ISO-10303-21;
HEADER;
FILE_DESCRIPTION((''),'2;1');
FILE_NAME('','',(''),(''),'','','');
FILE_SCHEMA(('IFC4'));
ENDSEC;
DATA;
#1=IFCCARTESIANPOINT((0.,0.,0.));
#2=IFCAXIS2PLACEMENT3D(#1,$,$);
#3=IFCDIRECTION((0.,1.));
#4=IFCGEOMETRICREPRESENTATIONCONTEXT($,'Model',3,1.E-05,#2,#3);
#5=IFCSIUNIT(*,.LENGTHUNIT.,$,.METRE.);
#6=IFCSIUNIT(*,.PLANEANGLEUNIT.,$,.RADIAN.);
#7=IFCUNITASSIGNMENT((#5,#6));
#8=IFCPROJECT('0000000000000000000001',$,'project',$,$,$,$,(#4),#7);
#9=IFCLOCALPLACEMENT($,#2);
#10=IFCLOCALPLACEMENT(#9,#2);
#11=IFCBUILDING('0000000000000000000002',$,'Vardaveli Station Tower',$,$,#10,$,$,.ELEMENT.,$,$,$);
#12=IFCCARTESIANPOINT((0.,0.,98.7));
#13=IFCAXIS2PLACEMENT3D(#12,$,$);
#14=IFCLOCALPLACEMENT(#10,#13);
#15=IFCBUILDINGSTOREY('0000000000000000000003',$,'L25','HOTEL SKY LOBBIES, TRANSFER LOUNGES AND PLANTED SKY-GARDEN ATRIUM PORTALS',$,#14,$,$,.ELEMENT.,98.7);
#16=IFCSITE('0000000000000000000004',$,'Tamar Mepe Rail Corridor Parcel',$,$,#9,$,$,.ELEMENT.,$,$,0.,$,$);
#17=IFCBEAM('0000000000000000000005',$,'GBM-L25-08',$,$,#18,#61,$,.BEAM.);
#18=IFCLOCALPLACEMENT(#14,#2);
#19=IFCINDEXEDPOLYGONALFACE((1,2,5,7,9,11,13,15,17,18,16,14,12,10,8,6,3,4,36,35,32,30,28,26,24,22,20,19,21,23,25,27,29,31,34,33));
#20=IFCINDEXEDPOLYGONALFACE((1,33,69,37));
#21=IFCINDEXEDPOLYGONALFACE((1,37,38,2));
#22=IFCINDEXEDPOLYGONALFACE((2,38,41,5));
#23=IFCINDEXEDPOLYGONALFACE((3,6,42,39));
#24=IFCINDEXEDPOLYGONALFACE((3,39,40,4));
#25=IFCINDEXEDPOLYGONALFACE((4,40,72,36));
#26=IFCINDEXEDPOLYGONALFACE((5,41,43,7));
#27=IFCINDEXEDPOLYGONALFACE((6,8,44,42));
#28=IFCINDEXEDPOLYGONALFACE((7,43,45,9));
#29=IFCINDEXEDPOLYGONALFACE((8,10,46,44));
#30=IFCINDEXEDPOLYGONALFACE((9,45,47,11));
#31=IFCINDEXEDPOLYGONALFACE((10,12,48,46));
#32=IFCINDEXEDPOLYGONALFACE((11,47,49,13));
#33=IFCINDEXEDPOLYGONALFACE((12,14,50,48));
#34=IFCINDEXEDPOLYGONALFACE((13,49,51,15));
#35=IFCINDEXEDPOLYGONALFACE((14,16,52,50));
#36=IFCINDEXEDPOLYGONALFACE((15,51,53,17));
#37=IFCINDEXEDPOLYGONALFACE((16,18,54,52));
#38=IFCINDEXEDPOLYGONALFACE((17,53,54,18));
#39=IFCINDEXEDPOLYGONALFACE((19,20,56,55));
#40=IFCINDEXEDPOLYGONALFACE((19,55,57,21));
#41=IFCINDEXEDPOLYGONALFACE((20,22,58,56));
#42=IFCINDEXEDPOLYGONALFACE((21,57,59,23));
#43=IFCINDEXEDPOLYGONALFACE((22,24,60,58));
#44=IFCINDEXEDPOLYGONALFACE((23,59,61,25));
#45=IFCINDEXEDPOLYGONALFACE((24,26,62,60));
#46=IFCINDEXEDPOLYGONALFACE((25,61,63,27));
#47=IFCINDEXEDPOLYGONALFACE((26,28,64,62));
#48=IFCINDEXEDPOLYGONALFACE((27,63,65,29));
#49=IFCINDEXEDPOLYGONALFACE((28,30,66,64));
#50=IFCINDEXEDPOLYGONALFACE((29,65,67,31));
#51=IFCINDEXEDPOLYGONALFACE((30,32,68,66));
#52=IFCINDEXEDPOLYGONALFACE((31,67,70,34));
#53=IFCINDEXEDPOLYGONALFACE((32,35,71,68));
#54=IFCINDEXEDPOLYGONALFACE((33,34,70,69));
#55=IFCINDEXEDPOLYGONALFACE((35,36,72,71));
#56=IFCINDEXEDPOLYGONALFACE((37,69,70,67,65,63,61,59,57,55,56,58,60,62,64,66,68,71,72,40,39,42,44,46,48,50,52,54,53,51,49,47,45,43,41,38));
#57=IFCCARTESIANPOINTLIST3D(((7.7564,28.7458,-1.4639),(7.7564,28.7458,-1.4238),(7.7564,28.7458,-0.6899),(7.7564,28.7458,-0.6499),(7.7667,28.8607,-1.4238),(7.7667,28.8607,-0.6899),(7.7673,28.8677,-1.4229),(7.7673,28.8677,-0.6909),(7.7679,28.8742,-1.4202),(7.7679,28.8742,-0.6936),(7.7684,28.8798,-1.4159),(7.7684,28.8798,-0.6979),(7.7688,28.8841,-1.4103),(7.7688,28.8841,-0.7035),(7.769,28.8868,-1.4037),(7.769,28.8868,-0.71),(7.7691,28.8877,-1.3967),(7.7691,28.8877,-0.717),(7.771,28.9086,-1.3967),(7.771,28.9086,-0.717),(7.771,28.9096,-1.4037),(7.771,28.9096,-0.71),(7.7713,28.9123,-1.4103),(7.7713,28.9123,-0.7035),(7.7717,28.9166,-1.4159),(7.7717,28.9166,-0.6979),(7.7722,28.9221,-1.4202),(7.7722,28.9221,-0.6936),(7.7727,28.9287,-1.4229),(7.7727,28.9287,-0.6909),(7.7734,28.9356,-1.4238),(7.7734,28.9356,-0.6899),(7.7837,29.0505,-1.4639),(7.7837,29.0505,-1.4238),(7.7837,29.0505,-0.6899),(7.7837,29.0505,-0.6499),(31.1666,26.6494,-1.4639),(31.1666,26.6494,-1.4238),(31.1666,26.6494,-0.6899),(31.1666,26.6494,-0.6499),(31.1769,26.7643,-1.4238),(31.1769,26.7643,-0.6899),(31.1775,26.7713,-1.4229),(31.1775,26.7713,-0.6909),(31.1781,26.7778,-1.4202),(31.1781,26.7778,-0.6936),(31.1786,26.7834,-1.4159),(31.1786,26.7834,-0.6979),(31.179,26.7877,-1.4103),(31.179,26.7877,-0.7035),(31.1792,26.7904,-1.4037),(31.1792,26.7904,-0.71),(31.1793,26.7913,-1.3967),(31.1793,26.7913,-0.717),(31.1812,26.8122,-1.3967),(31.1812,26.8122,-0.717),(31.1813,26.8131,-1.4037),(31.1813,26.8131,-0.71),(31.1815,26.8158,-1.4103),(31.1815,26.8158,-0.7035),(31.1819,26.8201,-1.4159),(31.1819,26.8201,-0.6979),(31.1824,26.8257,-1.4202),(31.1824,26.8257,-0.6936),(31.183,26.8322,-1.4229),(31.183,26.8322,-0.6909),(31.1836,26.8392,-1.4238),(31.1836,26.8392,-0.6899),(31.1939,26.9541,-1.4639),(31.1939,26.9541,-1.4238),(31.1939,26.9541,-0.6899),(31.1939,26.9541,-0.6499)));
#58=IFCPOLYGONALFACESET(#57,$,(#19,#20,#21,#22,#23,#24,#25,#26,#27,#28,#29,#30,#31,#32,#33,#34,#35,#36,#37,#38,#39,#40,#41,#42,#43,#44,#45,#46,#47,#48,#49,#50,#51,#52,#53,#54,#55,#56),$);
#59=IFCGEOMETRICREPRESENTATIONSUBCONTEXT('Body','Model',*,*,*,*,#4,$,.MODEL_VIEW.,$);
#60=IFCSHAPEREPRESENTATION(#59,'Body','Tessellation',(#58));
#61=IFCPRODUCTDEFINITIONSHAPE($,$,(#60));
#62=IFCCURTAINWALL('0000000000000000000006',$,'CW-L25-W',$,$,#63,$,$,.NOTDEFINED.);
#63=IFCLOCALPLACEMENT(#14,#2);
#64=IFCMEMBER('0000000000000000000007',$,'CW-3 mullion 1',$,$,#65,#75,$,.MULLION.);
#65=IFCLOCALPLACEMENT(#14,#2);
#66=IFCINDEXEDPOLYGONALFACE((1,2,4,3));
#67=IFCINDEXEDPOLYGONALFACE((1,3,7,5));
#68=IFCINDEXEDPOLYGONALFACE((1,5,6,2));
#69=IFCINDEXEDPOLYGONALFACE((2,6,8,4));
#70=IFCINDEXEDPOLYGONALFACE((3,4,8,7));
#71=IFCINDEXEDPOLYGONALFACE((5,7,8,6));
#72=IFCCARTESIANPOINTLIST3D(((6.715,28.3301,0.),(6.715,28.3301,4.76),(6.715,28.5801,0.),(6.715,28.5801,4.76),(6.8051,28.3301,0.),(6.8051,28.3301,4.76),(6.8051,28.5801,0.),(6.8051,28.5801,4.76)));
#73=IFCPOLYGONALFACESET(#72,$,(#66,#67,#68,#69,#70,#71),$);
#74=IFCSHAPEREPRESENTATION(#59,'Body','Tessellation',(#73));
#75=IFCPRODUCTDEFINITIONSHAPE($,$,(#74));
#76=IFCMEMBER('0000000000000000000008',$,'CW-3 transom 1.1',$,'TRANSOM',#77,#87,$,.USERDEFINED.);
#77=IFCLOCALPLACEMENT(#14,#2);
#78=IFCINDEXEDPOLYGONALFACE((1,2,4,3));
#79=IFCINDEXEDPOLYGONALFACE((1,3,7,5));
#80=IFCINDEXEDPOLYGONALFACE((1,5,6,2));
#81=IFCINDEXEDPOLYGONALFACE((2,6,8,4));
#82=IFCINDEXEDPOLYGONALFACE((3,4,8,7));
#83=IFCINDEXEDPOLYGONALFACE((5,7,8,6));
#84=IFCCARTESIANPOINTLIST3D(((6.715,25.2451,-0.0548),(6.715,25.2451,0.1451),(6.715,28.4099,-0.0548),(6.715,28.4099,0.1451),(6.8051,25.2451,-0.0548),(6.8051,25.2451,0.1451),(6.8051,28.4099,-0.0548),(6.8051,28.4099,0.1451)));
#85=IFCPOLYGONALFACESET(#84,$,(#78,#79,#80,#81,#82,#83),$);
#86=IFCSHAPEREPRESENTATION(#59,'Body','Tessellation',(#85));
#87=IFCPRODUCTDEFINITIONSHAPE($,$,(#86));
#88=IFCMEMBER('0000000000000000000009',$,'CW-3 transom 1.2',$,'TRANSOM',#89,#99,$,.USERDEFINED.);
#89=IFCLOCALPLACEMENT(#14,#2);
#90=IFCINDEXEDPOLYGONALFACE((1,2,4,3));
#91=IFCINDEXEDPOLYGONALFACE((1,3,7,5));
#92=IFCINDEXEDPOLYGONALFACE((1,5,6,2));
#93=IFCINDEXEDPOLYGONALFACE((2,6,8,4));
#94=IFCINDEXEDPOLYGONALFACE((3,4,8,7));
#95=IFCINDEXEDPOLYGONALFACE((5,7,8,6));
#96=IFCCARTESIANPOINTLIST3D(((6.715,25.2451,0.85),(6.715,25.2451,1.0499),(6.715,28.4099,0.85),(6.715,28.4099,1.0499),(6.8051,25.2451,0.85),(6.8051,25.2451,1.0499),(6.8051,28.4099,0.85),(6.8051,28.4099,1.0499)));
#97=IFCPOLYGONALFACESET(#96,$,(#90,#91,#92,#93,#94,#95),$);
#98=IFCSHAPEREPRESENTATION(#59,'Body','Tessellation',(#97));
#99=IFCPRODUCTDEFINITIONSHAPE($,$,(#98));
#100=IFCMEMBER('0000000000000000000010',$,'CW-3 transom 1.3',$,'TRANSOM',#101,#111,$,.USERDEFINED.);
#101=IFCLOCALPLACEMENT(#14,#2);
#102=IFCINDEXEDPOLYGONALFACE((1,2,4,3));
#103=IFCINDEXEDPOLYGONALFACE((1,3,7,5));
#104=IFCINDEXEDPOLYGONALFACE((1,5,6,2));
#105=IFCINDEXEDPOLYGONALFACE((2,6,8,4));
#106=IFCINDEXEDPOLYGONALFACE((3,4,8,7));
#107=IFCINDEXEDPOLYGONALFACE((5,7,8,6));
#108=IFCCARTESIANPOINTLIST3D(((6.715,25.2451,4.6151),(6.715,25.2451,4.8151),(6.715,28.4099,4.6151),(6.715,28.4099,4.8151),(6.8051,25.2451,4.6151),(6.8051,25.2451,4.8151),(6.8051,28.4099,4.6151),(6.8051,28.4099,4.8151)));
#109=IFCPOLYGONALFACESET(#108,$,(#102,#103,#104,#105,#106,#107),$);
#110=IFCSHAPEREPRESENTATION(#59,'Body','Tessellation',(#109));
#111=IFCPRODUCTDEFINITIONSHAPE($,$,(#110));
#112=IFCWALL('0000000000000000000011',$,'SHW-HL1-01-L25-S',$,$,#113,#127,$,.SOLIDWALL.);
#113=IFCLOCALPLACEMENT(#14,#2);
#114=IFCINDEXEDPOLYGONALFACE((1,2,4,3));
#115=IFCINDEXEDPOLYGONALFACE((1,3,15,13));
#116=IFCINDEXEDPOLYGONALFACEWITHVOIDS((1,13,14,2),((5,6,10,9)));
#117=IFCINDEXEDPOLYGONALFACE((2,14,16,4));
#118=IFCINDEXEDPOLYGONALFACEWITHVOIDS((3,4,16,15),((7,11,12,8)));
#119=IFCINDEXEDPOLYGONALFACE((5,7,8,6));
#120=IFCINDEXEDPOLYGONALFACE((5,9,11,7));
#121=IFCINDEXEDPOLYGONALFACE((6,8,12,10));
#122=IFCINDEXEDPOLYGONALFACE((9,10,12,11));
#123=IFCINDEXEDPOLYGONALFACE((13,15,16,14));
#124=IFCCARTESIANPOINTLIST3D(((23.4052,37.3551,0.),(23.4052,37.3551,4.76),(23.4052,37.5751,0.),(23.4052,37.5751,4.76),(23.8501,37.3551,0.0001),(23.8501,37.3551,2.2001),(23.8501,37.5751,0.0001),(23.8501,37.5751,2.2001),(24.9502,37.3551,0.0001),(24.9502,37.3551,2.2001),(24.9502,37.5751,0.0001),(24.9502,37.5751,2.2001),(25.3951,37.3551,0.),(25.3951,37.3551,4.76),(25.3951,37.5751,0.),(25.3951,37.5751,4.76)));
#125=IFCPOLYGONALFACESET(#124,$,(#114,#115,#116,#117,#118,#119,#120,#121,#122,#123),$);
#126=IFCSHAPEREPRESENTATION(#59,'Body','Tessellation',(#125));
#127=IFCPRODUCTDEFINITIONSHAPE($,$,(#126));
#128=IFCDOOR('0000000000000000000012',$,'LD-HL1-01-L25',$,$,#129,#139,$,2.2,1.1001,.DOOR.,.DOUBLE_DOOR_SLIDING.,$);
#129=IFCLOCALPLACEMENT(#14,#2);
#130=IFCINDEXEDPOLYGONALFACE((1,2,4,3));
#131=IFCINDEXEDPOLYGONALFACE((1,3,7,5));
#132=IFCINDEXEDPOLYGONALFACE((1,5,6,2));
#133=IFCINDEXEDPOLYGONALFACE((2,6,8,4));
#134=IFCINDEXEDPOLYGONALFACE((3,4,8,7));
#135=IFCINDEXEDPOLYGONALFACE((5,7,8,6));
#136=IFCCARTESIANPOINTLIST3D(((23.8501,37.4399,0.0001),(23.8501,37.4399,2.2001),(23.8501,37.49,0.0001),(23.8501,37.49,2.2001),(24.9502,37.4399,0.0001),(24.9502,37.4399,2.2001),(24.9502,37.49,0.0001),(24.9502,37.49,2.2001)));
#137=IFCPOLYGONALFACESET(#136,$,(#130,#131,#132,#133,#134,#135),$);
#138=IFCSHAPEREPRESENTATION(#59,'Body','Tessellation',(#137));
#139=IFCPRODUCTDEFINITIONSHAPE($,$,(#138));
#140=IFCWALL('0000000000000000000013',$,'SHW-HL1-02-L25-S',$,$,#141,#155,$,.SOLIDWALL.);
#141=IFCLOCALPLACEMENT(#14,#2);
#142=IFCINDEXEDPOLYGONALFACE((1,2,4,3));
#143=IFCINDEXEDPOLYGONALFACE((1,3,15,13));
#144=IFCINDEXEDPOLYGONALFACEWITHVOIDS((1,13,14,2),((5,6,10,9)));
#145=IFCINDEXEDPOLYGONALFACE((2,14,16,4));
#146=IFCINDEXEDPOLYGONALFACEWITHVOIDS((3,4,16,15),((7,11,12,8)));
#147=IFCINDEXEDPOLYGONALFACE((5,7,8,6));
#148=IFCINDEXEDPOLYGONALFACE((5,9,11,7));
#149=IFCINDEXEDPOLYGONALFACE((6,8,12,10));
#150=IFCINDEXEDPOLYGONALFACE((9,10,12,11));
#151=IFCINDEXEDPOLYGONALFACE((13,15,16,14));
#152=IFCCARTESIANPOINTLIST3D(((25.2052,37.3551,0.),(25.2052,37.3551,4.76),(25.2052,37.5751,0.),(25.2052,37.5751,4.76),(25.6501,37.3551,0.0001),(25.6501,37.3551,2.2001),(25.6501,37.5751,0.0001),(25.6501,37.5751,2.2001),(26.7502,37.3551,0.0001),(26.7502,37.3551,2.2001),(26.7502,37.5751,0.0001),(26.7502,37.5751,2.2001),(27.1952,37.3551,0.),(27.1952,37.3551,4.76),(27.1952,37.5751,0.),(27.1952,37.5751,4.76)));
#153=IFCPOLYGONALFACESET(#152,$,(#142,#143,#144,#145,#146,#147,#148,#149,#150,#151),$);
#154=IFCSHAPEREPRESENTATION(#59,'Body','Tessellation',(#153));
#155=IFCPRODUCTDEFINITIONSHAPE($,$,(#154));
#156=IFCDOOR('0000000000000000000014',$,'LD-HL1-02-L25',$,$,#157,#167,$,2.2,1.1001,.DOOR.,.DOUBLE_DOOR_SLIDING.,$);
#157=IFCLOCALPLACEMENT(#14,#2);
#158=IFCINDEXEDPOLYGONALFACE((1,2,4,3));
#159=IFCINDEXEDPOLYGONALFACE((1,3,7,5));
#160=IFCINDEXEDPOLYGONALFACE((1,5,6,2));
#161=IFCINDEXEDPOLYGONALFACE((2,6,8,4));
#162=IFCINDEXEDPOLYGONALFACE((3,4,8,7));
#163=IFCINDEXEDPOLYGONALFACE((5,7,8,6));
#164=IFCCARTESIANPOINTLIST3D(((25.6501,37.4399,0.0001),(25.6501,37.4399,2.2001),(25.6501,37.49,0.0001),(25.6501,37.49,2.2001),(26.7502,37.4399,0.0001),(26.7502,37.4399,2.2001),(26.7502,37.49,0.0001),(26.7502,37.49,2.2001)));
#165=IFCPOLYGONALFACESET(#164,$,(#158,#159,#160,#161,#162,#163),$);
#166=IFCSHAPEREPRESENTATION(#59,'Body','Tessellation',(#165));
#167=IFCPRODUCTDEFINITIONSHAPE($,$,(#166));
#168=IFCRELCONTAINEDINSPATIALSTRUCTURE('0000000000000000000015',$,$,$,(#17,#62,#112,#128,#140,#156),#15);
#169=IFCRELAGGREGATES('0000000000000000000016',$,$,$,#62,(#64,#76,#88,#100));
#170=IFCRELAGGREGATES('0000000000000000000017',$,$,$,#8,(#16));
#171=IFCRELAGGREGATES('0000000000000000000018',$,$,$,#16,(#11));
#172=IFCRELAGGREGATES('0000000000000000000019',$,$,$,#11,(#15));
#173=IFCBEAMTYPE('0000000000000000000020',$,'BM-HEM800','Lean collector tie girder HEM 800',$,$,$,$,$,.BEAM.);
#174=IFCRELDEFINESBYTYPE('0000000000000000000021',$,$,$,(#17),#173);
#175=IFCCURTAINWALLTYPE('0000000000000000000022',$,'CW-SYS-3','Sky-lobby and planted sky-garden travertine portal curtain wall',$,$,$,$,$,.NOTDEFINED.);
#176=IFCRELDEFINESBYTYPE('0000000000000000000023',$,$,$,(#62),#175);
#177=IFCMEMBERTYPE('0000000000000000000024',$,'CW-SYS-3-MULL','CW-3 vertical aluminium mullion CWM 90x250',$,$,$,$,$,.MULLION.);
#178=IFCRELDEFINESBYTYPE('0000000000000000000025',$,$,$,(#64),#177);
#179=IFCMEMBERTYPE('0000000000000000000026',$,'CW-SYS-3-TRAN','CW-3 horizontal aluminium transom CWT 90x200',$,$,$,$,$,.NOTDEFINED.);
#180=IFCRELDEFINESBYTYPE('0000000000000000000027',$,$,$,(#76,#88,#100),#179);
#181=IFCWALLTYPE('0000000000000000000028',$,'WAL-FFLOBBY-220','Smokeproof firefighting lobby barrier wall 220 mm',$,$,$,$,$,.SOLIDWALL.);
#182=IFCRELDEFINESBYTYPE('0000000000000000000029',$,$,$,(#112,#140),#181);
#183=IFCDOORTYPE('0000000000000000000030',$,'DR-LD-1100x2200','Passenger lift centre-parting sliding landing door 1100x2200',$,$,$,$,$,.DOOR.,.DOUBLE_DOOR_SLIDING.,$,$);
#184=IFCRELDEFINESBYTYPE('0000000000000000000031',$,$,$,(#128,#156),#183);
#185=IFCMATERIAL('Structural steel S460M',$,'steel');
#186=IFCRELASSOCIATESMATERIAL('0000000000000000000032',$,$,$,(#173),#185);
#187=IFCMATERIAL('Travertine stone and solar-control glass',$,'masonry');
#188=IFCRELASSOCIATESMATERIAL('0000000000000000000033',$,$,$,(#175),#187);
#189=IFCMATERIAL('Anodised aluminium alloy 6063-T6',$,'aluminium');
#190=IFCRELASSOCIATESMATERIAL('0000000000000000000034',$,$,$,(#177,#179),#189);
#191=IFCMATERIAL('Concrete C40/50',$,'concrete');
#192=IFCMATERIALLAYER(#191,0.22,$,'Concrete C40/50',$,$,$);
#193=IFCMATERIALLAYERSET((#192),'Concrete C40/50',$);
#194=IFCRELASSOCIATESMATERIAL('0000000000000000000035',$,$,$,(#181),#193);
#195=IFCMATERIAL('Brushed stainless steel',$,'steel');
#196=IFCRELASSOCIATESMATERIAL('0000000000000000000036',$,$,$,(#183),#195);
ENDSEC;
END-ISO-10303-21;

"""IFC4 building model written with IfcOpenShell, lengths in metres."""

from ifc_helpers import new_model, si_unit, direction, frame, frame_2d, origin, origin_2d, place, context, subcontext, project, spatial, rectangle, i_section, extrude, source, transform, mapped, material, layer, layer_set, material_profile, profile_set, type_object, element, fill, aggregate, save


model = new_model("IFC4")

# Units and contexts
model_context = context("Model", 3, precision=1e-05, world=origin(), true_north=direction((0.0, 1.0)))
body_context = subcontext(model_context, "Body", "Model", "MODEL_VIEW")
ifc_project = project(units=[si_unit("LENGTHUNIT", "METRE"), si_unit("PLANEANGLEUNIT", "RADIAN")], contexts=[model_context])

# Site, building, storey
site_placement = place(None, origin())
site = spatial("IfcSite", under=ifc_project, at=site_placement, Name="Tamar Mepe Rail Corridor Parcel", CompositionType="ELEMENT", RefElevation=0.0)
building_placement = place(site_placement, origin())
building = spatial("IfcBuilding", under=site, at=building_placement, Name="Vardaveli Station Tower", CompositionType="ELEMENT")
storey_placement = place(building_placement, frame((0.0, 0.0, 98.7)))
storey = spatial("IfcBuildingStorey", under=building, at=storey_placement, Name="L25", Description="HOTEL SKY LOBBIES, TRANSFER LOUNGES AND PLANTED SKY-GARDEN ATRIUM PORTALS", CompositionType="ELEMENT", Elevation=98.7)

# Shared definitions
ifc_material_1 = material(Name="Structural steel S460M", Category="steel")

# Beam
ifc_material_profile_1 = material_profile(ifc_material_1, i_section(OverallWidth=0.3059, OverallDepth=0.814, WebThickness=0.021, FlangeThickness=0.04, FilletRadius=0.0271, at=origin_2d()), Name="HEM 800")
ifc_profile_set_1 = profile_set([ifc_material_profile_1], Name="Structural steel S460M")
beam_type_1 = type_object("IfcBeamType", Name="BM-HEM800", Description="Lean collector tie girder HEM 800", PredefinedType="BEAM", material=ifc_profile_set_1)
shared_shape_1 = source(origin(), body_context, "Body", "SweptSolid", [
    extrude(i_section(OverallWidth=0.3059, OverallDepth=0.814, WebThickness=0.021, FlangeThickness=0.04, FilletRadius=0.0271, at=origin_2d()), origin(), (0.0, 0.0, 1.0), 23.5039),
])
beam_1_placement = place(storey_placement, frame((7.77, 28.8982, -1.0569), z_axis=(0.996014, -0.089195, 0.0), x_axis=(0.089195, 0.996014, 0.0)))
element("IfcBeam", 1, at=beam_1_placement, inside=storey, type_object=beam_type_1, Name="GBM-L25-08", PredefinedType="BEAM", context=body_context, shape_type="MappedRepresentation", body=[
    mapped(shared_shape_1, transform((0.0, 0.0, 0.0), scale=1.0)),
])

# Curtain wall, members
ifc_material_2 = material(Name="Travertine stone and solar-control glass", Category="masonry")
curtain_wall_type = type_object("IfcCurtainWallType", Name="CW-SYS-3", Description="Sky-lobby and planted sky-garden travertine portal curtain wall", PredefinedType="NOTDEFINED", material=ifc_material_2)
curtain_wall_placement = place(storey_placement, origin())
curtain_wall = element("IfcCurtainWall", 2, at=curtain_wall_placement, inside=storey, type_object=curtain_wall_type, Name="CW-L25-W", PredefinedType="NOTDEFINED")
ifc_material_3 = material(Name="Anodised aluminium alloy 6063-T6", Category="aluminium")
ifc_material_profile_2 = material_profile(ifc_material_3, rectangle(XDim=0.0901, YDim=0.25, at=origin_2d()), Name="CWM 90x250")
ifc_profile_set_2 = profile_set([ifc_material_profile_2], Name="Anodised aluminium alloy 6063-T6")
member_type_1 = type_object("IfcMemberType", Name="CW-SYS-3-MULL", Description="CW-3 vertical aluminium mullion CWM 90x250", PredefinedType="MULLION", material=ifc_profile_set_2)
shared_shape_2 = source(origin(), body_context, "Body", "SweptSolid", [
    extrude(rectangle(XDim=0.0901, YDim=0.25, at=origin_2d()), origin(), (0.0, 0.0, 1.0), 4.76),
])
member_1_placement = place(storey_placement, frame((6.76, 28.4551, 0.0), z_axis=(0.0, 0.0, 1.0), x_axis=(1.0, 0.0, 0.0)))
member_1 = element("IfcMember", 3, at=member_1_placement, type_object=member_type_1, Name="CW-3 mullion 1", PredefinedType="MULLION", context=body_context, shape_type="MappedRepresentation", body=[
    mapped(shared_shape_2, transform((0.0, 0.0, 0.0), scale=1.0)),
])
ifc_material_profile_3 = material_profile(ifc_material_3, rectangle(XDim=0.0901, YDim=0.2, at=origin_2d()), Name="CWT 90x200")
ifc_profile_set_3 = profile_set([ifc_material_profile_3], Name="Anodised aluminium alloy 6063-T6")
member_type_2 = type_object("IfcMemberType", Name="CW-SYS-3-TRAN", Description="CW-3 horizontal aluminium transom CWT 90x200", PredefinedType="NOTDEFINED", material=ifc_profile_set_3)
shared_shape_3 = source(origin(), body_context, "Body", "SweptSolid", [
    extrude(rectangle(XDim=0.0901, YDim=0.2, at=origin_2d()), origin(), (0.0, 0.0, 1.0), 3.1648),
])
member_2_placement = place(storey_placement, frame((6.76, 28.4099, 0.0452), z_axis=(0.0, -1.0, 0.0), x_axis=(1.0, 0.0, 0.0)))
member_2 = element("IfcMember", 4, at=member_2_placement, type_object=member_type_2, Name="CW-3 transom 1.1", ObjectType="TRANSOM", PredefinedType="USERDEFINED", context=body_context, shape_type="MappedRepresentation", body=[
    mapped(shared_shape_3, transform((0.0, 0.0, 0.0), scale=1.0)),
])
member_3_placement = place(storey_placement, frame((6.76, 28.4099, 0.95), z_axis=(0.0, -1.0, 0.0), x_axis=(1.0, 0.0, 0.0)))
member_3 = element("IfcMember", 5, at=member_3_placement, type_object=member_type_2, Name="CW-3 transom 1.2", ObjectType="TRANSOM", PredefinedType="USERDEFINED", context=body_context, shape_type="MappedRepresentation", body=[
    mapped(shared_shape_3, transform((0.0, 0.0, 0.0), scale=1.0)),
])
member_4_placement = place(storey_placement, frame((6.76, 28.4099, 4.7151), z_axis=(0.0, -1.0, 0.0), x_axis=(1.0, 0.0, 0.0)))
member_4 = element("IfcMember", 6, at=member_4_placement, type_object=member_type_2, Name="CW-3 transom 1.3", ObjectType="TRANSOM", PredefinedType="USERDEFINED", context=body_context, shape_type="MappedRepresentation", body=[
    mapped(shared_shape_3, transform((0.0, 0.0, 0.0), scale=1.0)),
])
aggregate(curtain_wall, [member_1, member_2, member_3, member_4])

# Walls, openings, doors
ifc_material_4 = material(Name="Concrete C40/50", Category="concrete")
ifc_layer = layer(ifc_material_4, 0.22, Name="Concrete C40/50")
ifc_layer_set = layer_set([ifc_layer], Name="Concrete C40/50")
wall_type = type_object("IfcWallType", Name="WAL-FFLOBBY-220", Description="Smokeproof firefighting lobby barrier wall 220 mm", PredefinedType="SOLIDWALL", material=ifc_layer_set)
shared_shape_4 = source(origin(), body_context, "Body", "SweptSolid", [
    extrude(rectangle(XDim=1.99, YDim=0.22, at=frame_2d((0.9951, 0.0))), origin(), (0.0, 0.0, 1.0), 4.76),
])
wall_1_placement = place(storey_placement, frame((23.405, 37.4651, 0.0), z_axis=(0.0, 0.0, 1.0), x_axis=(1.0, 0.0, 0.0)))
wall_1 = element("IfcWall", 7, at=wall_1_placement, inside=storey, type_object=wall_type, Name="SHW-HL1-01-L25-S", PredefinedType="SOLIDWALL", context=body_context, shape_type="MappedRepresentation", body=[
    mapped(shared_shape_4, transform((0.0, 0.0, 0.0), scale=1.0)),
])
shared_shape_5 = source(origin(), body_context, "Body", "SweptSolid", [
    extrude(rectangle(XDim=1.1001, YDim=2.2, at=frame_2d((0.55, 1.1001))), frame((0.0, 0.1201, 0.0), z_axis=(0.0, -1.0, 0.0), x_axis=(1.0, 0.0, 0.0)), (0.0, 0.0, 1.0), 0.24),
])
opening_1_placement = place(wall_1_placement, frame((0.4451, 0.0, 0.0)))
opening_1 = element("IfcOpeningElement", 8, at=opening_1_placement, cuts=wall_1, PredefinedType="OPENING", context=body_context, shape_type="MappedRepresentation", body=[
    mapped(shared_shape_5, transform((0.0, 0.0, 0.0), scale=1.0)),
])
ifc_material_5 = material(Name="Brushed stainless steel", Category="steel")
door_type_1 = type_object("IfcDoorType", Name="DR-LD-1100x2200", Description="Passenger lift centre-parting sliding landing door 1100x2200", OperationType="DOUBLE_DOOR_SLIDING", PredefinedType="DOOR", material=ifc_material_5)
shared_shape_6 = source(origin(), body_context, "Body", "SweptSolid", [
    extrude(rectangle(XDim=1.1001, YDim=2.2, at=frame_2d((0.55, 1.1001))), frame((0.0, 0.0249, 0.0), z_axis=(0.0, -1.0, 0.0), x_axis=(1.0, 0.0, 0.0)), (0.0, 0.0, 1.0), 0.05),
])
door_1_placement = place(opening_1_placement, origin())
door_1 = element("IfcDoor", 9, at=door_1_placement, inside=storey, type_object=door_type_1, Name="LD-HL1-01-L25", OperationType="DOUBLE_DOOR_SLIDING", OverallHeight=2.2, OverallWidth=1.1001, PredefinedType="DOOR", context=body_context, shape_type="MappedRepresentation", body=[
    mapped(shared_shape_6, transform((0.0, 0.0, 0.0), scale=1.0)),
])
fill(opening_1, door_1)
wall_2_placement = place(storey_placement, frame((25.2051, 37.4651, 0.0), z_axis=(0.0, 0.0, 1.0), x_axis=(1.0, 0.0, 0.0)))
wall_2 = element("IfcWall", 10, at=wall_2_placement, inside=storey, type_object=wall_type, Name="SHW-HL1-02-L25-S", PredefinedType="SOLIDWALL", context=body_context, shape_type="MappedRepresentation", body=[
    mapped(shared_shape_4, transform((0.0, 0.0, 0.0), scale=1.0)),
])
opening_2_placement = place(wall_2_placement, frame((0.4451, 0.0, 0.0)))
opening_2 = element("IfcOpeningElement", 11, at=opening_2_placement, cuts=wall_2, PredefinedType="OPENING", context=body_context, shape_type="MappedRepresentation", body=[
    mapped(shared_shape_5, transform((0.0, 0.0, 0.0), scale=1.0)),
])
door_2_placement = place(opening_2_placement, origin())
door_2 = element("IfcDoor", 12, at=door_2_placement, inside=storey, type_object=door_type_1, Name="LD-HL1-02-L25", OperationType="DOUBLE_DOOR_SLIDING", OverallHeight=2.2, OverallWidth=1.1001, PredefinedType="DOOR", context=body_context, shape_type="MappedRepresentation", body=[
    mapped(shared_shape_6, transform((0.0, 0.0, 0.0), scale=1.0)),
])
fill(opening_2, door_2)

save(model, "model.ifc")
